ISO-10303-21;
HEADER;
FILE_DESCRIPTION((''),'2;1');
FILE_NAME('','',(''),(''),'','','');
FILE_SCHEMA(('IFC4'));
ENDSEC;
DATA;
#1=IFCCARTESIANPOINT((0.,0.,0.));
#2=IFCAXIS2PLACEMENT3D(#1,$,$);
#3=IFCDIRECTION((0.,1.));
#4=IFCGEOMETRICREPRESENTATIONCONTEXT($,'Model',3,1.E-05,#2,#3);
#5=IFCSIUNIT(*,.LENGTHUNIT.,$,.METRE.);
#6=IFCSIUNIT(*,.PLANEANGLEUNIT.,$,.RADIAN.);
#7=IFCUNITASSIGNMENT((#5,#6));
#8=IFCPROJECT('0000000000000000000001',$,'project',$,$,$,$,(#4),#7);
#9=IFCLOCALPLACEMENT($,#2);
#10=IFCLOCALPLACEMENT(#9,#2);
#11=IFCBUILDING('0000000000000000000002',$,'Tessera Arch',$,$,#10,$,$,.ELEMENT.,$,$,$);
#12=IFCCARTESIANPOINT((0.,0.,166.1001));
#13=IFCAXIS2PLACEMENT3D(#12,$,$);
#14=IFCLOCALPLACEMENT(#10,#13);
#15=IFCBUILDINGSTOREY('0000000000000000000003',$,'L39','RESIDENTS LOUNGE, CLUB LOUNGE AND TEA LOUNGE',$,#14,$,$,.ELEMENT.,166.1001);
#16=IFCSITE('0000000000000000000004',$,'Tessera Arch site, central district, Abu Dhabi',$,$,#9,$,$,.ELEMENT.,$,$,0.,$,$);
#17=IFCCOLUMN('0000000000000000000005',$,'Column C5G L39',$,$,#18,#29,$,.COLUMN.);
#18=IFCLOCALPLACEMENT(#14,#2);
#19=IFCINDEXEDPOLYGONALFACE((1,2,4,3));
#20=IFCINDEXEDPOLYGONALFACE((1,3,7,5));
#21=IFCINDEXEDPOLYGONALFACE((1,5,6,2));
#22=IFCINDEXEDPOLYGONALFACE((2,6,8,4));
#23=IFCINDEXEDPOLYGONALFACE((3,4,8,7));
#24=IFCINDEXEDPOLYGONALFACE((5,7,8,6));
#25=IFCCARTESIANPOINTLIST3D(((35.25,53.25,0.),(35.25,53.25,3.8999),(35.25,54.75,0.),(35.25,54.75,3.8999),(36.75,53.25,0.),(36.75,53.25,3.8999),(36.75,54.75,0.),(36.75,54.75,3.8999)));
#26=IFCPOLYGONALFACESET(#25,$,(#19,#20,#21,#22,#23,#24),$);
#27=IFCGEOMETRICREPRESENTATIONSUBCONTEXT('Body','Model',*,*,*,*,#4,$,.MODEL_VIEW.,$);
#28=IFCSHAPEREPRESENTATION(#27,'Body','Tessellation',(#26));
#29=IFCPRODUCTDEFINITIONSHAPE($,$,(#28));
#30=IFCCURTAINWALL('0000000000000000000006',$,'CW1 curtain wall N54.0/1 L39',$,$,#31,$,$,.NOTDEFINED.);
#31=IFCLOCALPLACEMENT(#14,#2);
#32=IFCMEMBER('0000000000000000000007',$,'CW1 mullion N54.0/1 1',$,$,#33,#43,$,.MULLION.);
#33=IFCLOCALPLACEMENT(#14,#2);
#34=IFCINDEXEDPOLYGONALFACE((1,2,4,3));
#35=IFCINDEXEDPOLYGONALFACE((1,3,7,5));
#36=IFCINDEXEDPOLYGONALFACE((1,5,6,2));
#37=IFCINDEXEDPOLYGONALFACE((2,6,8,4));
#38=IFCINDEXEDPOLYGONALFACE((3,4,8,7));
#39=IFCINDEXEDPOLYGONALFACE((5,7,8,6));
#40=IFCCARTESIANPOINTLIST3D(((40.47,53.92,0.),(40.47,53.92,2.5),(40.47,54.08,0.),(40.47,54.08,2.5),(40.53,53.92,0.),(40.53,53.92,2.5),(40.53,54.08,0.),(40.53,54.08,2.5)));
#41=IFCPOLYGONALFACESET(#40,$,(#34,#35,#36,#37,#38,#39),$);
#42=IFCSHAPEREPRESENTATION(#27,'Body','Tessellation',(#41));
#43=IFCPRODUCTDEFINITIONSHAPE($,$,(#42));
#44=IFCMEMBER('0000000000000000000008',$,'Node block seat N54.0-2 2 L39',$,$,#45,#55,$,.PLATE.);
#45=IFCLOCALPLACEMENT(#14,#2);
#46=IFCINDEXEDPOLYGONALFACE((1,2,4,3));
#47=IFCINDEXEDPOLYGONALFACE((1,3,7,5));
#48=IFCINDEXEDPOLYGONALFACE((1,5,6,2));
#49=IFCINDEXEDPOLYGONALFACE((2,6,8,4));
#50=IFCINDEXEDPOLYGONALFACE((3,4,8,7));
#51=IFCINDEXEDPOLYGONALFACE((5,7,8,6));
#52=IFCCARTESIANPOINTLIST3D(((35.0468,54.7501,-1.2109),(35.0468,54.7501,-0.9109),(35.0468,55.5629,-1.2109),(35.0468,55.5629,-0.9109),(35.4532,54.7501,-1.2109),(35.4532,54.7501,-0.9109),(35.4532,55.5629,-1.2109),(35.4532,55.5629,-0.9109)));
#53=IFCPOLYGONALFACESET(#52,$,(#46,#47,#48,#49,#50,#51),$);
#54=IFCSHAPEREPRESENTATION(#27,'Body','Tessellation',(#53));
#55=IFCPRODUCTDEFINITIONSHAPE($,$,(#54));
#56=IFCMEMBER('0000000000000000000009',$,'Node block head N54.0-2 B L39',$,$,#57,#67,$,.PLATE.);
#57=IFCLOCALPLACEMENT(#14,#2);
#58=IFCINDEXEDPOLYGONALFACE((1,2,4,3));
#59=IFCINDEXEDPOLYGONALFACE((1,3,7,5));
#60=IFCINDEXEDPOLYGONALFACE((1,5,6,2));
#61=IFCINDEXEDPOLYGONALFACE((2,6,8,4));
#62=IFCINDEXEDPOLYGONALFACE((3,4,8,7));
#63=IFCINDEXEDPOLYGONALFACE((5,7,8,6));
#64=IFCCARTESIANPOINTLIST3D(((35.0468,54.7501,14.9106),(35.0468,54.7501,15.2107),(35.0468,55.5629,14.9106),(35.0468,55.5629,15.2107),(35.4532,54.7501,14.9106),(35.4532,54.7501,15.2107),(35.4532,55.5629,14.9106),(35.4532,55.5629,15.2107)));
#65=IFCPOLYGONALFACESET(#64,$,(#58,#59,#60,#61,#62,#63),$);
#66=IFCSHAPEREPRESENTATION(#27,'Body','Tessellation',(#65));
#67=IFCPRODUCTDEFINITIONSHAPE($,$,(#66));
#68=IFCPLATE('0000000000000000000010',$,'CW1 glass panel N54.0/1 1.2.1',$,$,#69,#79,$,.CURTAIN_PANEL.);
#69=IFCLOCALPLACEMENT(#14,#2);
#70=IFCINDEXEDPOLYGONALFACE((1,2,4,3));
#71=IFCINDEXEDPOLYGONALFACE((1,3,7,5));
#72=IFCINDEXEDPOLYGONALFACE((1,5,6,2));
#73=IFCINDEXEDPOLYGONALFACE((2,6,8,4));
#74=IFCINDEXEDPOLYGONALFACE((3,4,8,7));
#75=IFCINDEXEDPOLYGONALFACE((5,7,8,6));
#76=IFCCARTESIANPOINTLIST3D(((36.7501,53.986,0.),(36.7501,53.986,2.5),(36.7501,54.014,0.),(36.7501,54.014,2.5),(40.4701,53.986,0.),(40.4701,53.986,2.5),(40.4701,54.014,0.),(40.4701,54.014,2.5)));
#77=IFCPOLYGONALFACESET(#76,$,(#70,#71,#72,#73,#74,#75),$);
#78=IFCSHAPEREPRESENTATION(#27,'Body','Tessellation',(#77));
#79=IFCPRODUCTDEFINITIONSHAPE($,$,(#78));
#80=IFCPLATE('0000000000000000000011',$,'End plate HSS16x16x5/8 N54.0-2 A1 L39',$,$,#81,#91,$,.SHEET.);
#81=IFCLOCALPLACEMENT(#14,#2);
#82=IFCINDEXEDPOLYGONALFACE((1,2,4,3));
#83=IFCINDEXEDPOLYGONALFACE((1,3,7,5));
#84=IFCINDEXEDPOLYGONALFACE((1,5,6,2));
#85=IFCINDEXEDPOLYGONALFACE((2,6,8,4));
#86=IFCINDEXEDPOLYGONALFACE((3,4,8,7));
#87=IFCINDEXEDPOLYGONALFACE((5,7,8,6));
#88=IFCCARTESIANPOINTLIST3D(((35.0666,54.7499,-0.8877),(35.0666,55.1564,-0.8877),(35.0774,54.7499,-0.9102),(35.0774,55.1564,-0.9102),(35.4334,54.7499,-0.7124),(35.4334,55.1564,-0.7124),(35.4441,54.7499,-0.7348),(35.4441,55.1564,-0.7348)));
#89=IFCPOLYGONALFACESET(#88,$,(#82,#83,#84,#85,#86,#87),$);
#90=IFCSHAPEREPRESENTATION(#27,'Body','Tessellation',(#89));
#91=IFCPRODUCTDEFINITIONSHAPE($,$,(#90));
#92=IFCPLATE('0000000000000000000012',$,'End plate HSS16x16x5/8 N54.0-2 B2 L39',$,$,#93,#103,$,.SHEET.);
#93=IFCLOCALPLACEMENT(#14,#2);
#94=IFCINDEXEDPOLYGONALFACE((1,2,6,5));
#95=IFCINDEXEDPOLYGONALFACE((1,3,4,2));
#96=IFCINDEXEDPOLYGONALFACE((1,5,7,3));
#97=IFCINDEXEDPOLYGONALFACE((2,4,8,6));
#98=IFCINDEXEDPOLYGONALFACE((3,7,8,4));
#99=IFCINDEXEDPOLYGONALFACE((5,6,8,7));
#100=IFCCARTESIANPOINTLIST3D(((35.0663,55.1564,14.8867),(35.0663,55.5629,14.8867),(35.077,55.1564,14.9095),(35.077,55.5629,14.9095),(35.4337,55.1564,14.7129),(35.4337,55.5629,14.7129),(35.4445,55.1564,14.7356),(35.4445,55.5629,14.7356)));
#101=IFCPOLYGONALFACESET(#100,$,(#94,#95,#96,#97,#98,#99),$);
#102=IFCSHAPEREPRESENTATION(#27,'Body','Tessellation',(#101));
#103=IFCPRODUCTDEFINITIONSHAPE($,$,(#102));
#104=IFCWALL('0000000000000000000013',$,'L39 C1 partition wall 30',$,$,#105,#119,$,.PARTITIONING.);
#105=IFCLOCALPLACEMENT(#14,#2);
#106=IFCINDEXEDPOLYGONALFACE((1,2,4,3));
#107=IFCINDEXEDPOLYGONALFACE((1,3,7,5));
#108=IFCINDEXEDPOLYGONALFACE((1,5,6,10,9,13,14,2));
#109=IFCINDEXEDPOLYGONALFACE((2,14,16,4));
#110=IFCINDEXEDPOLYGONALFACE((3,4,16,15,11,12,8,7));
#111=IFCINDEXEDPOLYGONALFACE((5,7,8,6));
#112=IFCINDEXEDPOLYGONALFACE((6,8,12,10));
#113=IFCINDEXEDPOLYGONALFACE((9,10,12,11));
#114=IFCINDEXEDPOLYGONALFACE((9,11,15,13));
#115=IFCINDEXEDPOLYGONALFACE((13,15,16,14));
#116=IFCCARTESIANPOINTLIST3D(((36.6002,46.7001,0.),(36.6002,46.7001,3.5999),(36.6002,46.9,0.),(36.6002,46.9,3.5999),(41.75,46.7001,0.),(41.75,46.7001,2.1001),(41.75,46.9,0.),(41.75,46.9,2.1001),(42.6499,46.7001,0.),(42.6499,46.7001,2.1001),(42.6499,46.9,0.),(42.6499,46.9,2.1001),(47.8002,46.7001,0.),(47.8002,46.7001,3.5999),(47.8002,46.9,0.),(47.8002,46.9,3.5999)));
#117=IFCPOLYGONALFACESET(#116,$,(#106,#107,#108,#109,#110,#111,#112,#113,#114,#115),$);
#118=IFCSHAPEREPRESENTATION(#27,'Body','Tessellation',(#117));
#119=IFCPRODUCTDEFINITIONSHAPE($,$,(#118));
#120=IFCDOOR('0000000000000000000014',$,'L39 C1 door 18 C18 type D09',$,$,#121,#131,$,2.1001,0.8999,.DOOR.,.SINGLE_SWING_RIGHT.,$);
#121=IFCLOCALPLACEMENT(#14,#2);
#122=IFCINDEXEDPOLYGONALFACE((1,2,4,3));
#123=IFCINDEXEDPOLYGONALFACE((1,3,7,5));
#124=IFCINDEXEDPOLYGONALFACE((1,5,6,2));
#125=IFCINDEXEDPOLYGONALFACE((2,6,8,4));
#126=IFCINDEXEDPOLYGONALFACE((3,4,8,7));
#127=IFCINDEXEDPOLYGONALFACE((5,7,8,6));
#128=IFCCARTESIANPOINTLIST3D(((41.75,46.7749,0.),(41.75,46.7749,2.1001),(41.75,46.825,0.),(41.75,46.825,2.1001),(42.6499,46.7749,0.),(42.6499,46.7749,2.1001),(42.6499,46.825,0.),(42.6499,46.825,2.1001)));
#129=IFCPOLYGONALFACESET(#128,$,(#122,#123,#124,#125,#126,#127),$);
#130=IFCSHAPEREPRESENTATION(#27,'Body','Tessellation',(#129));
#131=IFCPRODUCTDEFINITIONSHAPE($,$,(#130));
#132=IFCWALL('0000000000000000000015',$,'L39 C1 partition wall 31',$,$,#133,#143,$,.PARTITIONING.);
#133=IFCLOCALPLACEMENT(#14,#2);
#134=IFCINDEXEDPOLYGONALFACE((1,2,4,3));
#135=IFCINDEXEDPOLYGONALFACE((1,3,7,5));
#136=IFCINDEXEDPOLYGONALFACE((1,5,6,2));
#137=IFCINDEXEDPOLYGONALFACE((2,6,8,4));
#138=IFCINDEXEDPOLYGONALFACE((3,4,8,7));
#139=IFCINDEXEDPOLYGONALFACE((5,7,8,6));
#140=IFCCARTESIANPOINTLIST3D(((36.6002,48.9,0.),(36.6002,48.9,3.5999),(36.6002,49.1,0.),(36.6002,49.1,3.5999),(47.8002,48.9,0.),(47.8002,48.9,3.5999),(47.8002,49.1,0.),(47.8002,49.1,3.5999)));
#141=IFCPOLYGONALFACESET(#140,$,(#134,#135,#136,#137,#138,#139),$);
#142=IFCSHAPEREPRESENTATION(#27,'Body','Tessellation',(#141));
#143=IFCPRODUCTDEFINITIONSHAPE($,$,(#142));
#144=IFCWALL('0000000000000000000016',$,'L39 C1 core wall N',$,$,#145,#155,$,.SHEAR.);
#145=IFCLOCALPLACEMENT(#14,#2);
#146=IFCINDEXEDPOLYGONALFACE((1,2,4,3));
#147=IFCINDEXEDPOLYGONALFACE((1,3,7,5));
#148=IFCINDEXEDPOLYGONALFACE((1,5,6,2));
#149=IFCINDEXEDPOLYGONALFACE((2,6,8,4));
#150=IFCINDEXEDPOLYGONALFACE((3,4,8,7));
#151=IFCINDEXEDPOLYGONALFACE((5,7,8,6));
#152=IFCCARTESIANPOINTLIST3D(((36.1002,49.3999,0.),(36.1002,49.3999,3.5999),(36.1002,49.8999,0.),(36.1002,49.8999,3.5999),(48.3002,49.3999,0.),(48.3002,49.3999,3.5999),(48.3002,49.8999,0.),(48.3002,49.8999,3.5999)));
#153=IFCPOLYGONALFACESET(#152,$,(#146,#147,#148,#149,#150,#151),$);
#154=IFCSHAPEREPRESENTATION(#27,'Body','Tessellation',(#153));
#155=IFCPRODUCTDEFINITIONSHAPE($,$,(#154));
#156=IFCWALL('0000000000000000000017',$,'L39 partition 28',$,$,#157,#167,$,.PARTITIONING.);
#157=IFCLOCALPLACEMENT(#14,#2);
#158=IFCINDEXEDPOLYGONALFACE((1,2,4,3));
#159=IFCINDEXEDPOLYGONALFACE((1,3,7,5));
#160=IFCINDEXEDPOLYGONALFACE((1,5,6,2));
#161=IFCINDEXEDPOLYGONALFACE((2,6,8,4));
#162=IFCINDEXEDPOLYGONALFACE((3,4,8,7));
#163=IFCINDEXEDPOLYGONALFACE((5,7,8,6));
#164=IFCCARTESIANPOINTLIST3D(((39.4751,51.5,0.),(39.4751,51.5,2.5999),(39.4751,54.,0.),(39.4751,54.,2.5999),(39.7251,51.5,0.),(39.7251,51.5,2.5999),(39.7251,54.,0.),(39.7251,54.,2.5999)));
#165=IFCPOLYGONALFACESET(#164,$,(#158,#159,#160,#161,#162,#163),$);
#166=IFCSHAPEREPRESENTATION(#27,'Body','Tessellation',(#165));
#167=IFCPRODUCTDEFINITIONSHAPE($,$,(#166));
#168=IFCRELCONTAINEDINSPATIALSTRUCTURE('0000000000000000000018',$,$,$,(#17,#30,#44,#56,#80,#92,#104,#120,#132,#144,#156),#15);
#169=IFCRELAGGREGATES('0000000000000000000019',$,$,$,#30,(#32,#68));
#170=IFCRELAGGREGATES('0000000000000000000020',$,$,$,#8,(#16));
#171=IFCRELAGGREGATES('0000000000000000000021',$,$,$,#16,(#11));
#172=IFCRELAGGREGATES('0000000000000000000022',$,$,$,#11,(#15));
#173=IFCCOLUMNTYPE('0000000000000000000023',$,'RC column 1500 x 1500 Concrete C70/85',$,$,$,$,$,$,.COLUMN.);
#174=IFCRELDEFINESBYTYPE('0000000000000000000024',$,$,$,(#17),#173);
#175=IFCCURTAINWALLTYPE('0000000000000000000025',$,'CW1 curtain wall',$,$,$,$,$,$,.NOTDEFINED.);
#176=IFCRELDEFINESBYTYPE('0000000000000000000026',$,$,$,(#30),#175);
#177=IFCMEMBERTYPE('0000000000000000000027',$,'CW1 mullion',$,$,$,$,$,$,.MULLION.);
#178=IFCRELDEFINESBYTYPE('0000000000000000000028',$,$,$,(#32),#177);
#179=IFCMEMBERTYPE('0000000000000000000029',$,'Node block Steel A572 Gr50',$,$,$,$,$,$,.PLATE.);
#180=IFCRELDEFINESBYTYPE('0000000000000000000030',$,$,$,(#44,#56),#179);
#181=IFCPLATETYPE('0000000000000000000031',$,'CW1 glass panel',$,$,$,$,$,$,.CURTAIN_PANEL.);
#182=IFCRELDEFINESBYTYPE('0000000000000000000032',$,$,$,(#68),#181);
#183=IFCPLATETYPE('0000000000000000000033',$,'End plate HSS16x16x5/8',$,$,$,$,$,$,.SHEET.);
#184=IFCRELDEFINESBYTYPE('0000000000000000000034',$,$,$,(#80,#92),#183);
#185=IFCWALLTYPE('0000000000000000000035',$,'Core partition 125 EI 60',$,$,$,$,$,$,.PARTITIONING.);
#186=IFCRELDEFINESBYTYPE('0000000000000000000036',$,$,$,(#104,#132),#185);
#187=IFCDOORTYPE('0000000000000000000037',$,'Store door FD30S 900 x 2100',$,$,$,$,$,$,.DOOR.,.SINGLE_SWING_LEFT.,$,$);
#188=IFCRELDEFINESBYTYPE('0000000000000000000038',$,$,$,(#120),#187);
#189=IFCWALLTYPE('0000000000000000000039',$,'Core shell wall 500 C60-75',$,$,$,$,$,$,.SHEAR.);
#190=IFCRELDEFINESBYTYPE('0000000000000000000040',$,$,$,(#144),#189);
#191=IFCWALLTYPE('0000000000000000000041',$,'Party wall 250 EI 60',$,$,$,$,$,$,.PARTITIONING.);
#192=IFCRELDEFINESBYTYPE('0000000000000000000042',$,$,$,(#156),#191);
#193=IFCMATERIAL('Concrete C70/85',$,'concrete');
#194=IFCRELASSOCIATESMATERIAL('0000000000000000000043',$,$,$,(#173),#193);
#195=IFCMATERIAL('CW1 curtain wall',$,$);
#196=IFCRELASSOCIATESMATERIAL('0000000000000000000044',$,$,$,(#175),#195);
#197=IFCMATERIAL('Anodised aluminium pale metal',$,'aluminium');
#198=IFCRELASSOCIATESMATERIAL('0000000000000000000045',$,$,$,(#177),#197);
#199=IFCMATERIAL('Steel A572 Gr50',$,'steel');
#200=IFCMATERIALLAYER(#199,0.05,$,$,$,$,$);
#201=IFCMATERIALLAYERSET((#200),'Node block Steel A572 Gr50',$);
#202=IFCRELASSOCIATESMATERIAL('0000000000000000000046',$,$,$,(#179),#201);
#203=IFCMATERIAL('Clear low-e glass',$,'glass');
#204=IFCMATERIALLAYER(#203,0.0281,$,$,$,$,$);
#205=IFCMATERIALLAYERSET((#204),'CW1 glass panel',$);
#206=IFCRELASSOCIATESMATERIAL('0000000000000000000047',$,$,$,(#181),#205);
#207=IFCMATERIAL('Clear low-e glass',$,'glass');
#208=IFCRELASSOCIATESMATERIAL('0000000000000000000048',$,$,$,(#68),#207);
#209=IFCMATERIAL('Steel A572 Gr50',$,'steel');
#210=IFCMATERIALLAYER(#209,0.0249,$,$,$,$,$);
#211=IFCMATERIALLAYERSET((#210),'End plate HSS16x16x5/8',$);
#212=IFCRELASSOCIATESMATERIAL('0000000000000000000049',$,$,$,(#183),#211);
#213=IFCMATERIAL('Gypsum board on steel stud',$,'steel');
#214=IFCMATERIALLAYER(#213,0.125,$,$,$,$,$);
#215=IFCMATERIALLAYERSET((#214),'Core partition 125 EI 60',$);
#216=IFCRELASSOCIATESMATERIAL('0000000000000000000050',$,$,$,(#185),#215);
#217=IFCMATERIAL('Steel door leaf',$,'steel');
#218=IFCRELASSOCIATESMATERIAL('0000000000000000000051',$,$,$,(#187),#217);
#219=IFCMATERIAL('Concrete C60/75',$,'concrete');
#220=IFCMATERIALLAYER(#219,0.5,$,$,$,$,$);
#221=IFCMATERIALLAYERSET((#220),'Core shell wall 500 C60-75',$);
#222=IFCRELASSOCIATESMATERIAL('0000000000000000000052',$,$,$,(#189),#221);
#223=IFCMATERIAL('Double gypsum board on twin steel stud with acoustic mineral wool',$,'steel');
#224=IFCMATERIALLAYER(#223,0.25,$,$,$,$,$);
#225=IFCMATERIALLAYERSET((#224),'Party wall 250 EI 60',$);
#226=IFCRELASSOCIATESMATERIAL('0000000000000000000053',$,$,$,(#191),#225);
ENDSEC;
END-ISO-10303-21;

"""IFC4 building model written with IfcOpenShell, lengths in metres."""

from ifc_helpers import new_model, si_unit, direction, frame, frame_2d, origin, origin_2d, place, context, subcontext, project, spatial, rectangle, extrude, material, layer, layer_set, material_profile, profile_set, type_object, element, fill, aggregate, save


model = new_model("IFC4")

# Units and contexts
model_context = context("Model", 3, precision=1e-05, world=origin(), true_north=direction((0.0, 1.0)))
body_context = subcontext(model_context, "Body", "Model", "MODEL_VIEW")
ifc_project = project(units=[si_unit("LENGTHUNIT", "METRE"), si_unit("PLANEANGLEUNIT", "RADIAN")], contexts=[model_context])

# Site, building, storey
site_placement = place(None, origin())
site = spatial("IfcSite", under=ifc_project, at=site_placement, Name="Tessera Arch site, central district, Abu Dhabi", CompositionType="ELEMENT", RefElevation=0.0)
building_placement = place(site_placement, origin())
building = spatial("IfcBuilding", under=site, at=building_placement, Name="Tessera Arch", CompositionType="ELEMENT")
storey_placement = place(building_placement, frame((0.0, 0.0, 166.1001)))
storey = spatial("IfcBuildingStorey", under=building, at=storey_placement, Name="L39", Description="RESIDENTS LOUNGE, CLUB LOUNGE AND TEA LOUNGE", CompositionType="ELEMENT", Elevation=166.1001)

# Column
ifc_material_1 = material(Name="Concrete C70/85", Category="concrete")
ifc_material_profile_1 = material_profile(ifc_material_1, rectangle(XDim=1.5, YDim=1.5, at=origin_2d()), Name="RC column 1500 x 1500 Concrete C70/85")
ifc_profile_set_1 = profile_set([ifc_material_profile_1], Name="Concrete C70/85")
column_type = type_object("IfcColumnType", Name="RC column 1500 x 1500 Concrete C70/85", PredefinedType="COLUMN", material=ifc_profile_set_1)
column_placement = place(storey_placement, frame((36.0, 54.0, 0.0), z_axis=(0.0, 0.0, 1.0), x_axis=(1.0, 0.0, 0.0)))
element("IfcColumn", 1, at=column_placement, inside=storey, type_object=column_type, Name="Column C5G L39", PredefinedType="COLUMN", context=body_context, shape_type="SweptSolid", body=[
    extrude(rectangle(XDim=1.5, YDim=1.5, at=origin_2d()), origin(), (0.0, 0.0, 1.0), 3.8999),
])

# Curtain wall, member
ifc_material_2 = material(Name="CW1 curtain wall")
curtain_wall_type = type_object("IfcCurtainWallType", Name="CW1 curtain wall", PredefinedType="NOTDEFINED", material=ifc_material_2)
curtain_wall_placement = place(storey_placement, origin())
curtain_wall = element("IfcCurtainWall", 2, at=curtain_wall_placement, inside=storey, type_object=curtain_wall_type, Name="CW1 curtain wall N54.0/1 L39", PredefinedType="NOTDEFINED")
ifc_material_3 = material(Name="Anodised aluminium pale metal", Category="aluminium")
ifc_material_profile_2 = material_profile(ifc_material_3, rectangle(XDim=0.1599, YDim=0.0601, at=origin_2d()), Name="AL 60x160")
ifc_profile_set_2 = profile_set([ifc_material_profile_2], Name="Anodised aluminium pale metal")
member_type_1 = type_object("IfcMemberType", Name="CW1 mullion", PredefinedType="MULLION", material=ifc_profile_set_2)
member_placement = place(storey_placement, frame((40.5, 54.0, 0.0), z_axis=(0.0, 0.0, 1.0), x_axis=(0.0, -1.0, 0.0)))
member = element("IfcMember", 3, at=member_placement, type_object=member_type_1, Name="CW1 mullion N54.0/1 1", PredefinedType="MULLION", context=body_context, shape_type="SweptSolid", body=[
    extrude(rectangle(XDim=0.1599, YDim=0.0601, at=origin_2d()), origin(), (0.0, 0.0, 1.0), 2.5),
])

# Members
ifc_material_4 = material(Name="Steel A572 Gr50", Category="steel")
ifc_layer_1 = layer(ifc_material_4, 0.05)
ifc_layer_set_1 = layer_set([ifc_layer_1], Name="Node block Steel A572 Gr50")
member_type_2 = type_object("IfcMemberType", Name="Node block Steel A572 Gr50", PredefinedType="PLATE", material=ifc_layer_set_1)
for number, where, z_axis, x_axis, name in (
    (4, (35.25, 55.1565, -1.2109), (0.0, 0.0, 1.0), (-1.0, 0.0, 0.0), "Node block seat N54.0-2 2 L39"),
    (5, (35.25, 55.1565, 14.9106), (0.0, 0.0, 1.0), (-1.0, 0.0, 0.0), "Node block head N54.0-2 B L39"),
):
    element("IfcMember", number, at=place(storey_placement, frame(where, z_axis=z_axis, x_axis=x_axis)), inside=storey, type_object=member_type_2, Name=name, PredefinedType="PLATE", context=body_context, shape_type="SweptSolid", body=[
        extrude(rectangle(XDim=0.4065, YDim=0.8127, at=origin_2d()), origin(), (0.0, 0.0, 1.0), 0.3),
    ])

# Plate
ifc_material_5 = material(Name="Clear low-e glass", Category="glass")
ifc_material_6 = material(Name="Clear low-e glass", Category="glass")
ifc_layer_2 = layer(ifc_material_6, 0.0281)
ifc_layer_set_2 = layer_set([ifc_layer_2], Name="CW1 glass panel")
plate_type_1 = type_object("IfcPlateType", Name="CW1 glass panel", PredefinedType="CURTAIN_PANEL", material=ifc_layer_set_2)
plate_1_placement = place(storey_placement, frame((38.6101, 54.0, 0.0), z_axis=(0.0, 0.0, 1.0), x_axis=(-1.0, 0.0, 0.0)))
plate_1 = element("IfcPlate", 6, at=plate_1_placement, type_object=plate_type_1, material=ifc_material_5, Name="CW1 glass panel N54.0/1 1.2.1", PredefinedType="CURTAIN_PANEL", context=body_context, shape_type="SweptSolid", body=[
    extrude(rectangle(XDim=3.72, YDim=0.0281, at=origin_2d()), origin(), (0.0, 0.0, 1.0), 2.5),
])
aggregate(curtain_wall, [member, plate_1])

# Plates
ifc_material_7 = material(Name="Steel A572 Gr50", Category="steel")
ifc_layer_3 = layer(ifc_material_7, 0.0249)
ifc_layer_set_3 = layer_set([ifc_layer_3], Name="End plate HSS16x16x5/8")
plate_type_2 = type_object("IfcPlateType", Name="End plate HSS16x16x5/8", PredefinedType="SHEET", material=ifc_layer_set_3)
plate_2_placement = place(storey_placement, frame((35.2607, 54.9531, -0.8225), z_axis=(-0.431455, 0.0, 0.902134), x_axis=(0.0, -1.0, 0.0)))
element("IfcPlate", 7, at=plate_2_placement, inside=storey, type_object=plate_type_2, Name="End plate HSS16x16x5/8 N54.0-2 A1 L39", PredefinedType="SHEET", context=body_context, shape_type="SweptSolid", body=[
    extrude(rectangle(XDim=0.4065, YDim=0.4065, at=origin_2d()), origin(), (0.0, 0.0, 1.0), 0.0249),
])
plate_3_placement = place(storey_placement, frame((35.25, 55.3596, 14.7998), z_axis=(0.427668, 0.0, 0.903936), x_axis=(0.0, 1.0, 0.0)))
element("IfcPlate", 8, at=plate_3_placement, inside=storey, type_object=plate_type_2, Name="End plate HSS16x16x5/8 N54.0-2 B2 L39", PredefinedType="SHEET", context=body_context, shape_type="SweptSolid", body=[
    extrude(rectangle(XDim=0.4065, YDim=0.4065, at=origin_2d()), origin(), (0.0, 0.0, 1.0), 0.0251),
])

# Wall, opening, door
ifc_material_8 = material(Name="Gypsum board on steel stud", Category="steel")
ifc_layer_4 = layer(ifc_material_8, 0.125)
ifc_layer_set_4 = layer_set([ifc_layer_4], Name="Core partition 125 EI 60")
wall_type_1 = type_object("IfcWallType", Name="Core partition 125 EI 60", PredefinedType="PARTITIONING", material=ifc_layer_set_4)
wall_1_placement = place(storey_placement, frame((36.6001, 46.8, 0.0), z_axis=(0.0, 0.0, 1.0), x_axis=(1.0, 0.0, 0.0)))
wall_1 = element("IfcWall", 9, at=wall_1_placement, inside=storey, type_object=wall_type_1, Name="L39 C1 partition wall 30", PredefinedType="PARTITIONING", context=body_context, shape_type="SweptSolid", body=[
    extrude(rectangle(XDim=11.2, YDim=0.2, at=frame_2d((5.6001, 0.0))), origin(), (0.0, 0.0, 1.0), 3.5999),
])
opening_1_placement = place(wall_1_placement, frame((5.1499, 0.0, 0.0)))
opening_1 = element("IfcOpeningElement", 10, at=opening_1_placement, cuts=wall_1, PredefinedType="OPENING", context=body_context, shape_type="SweptSolid", body=[
    extrude(rectangle(XDim=0.8999, YDim=2.1001, at=frame_2d((0.45, 1.05))), frame((0.0, 0.1099, 0.0), z_axis=(0.0, -1.0, 0.0), x_axis=(1.0, 0.0, 0.0)), (0.0, 0.0, 1.0), 0.22),
])
ifc_material_9 = material(Name="Steel door leaf", Category="steel")
door_type_1 = type_object("IfcDoorType", Name="Store door FD30S 900 x 2100", OperationType="SINGLE_SWING_LEFT", PredefinedType="DOOR", material=ifc_material_9)
door_1_placement = place(opening_1_placement, origin())
door_1 = element("IfcDoor", 11, at=door_1_placement, inside=storey, type_object=door_type_1, Name="L39 C1 door 18 C18 type D09", OperationType="SINGLE_SWING_RIGHT", OverallHeight=2.1001, OverallWidth=0.8999, PredefinedType="DOOR", context=body_context, shape_type="SweptSolid", body=[
    extrude(rectangle(XDim=0.8999, YDim=2.1001, at=frame_2d((0.45, 1.05))), frame((0.0, 0.0249, 0.0), z_axis=(0.0, -1.0, 0.0), x_axis=(1.0, 0.0, 0.0)), (0.0, 0.0, 1.0), 0.05),
])
fill(opening_1, door_1)

# Walls
wall_2_placement = place(storey_placement, frame((36.6001, 49.0, 0.0), z_axis=(0.0, 0.0, 1.0), x_axis=(1.0, 0.0, 0.0)))
element("IfcWall", 12, at=wall_2_placement, inside=storey, type_object=wall_type_1, Name="L39 C1 partition wall 31", PredefinedType="PARTITIONING", context=body_context, shape_type="SweptSolid", body=[
    extrude(rectangle(XDim=11.2, YDim=0.2, at=frame_2d((5.6001, 0.0))), origin(), (0.0, 0.0, 1.0), 3.5999),
])
ifc_material_10 = material(Name="Concrete C60/75", Category="concrete")
ifc_layer_5 = layer(ifc_material_10, 0.5)
ifc_layer_set_5 = layer_set([ifc_layer_5], Name="Core shell wall 500 C60-75")
wall_type_2 = type_object("IfcWallType", Name="Core shell wall 500 C60-75", PredefinedType="SHEAR", material=ifc_layer_set_5)
wall_3_placement = place(storey_placement, frame((36.1001, 49.6499, 0.0), z_axis=(0.0, 0.0, 1.0), x_axis=(1.0, 0.0, 0.0)))
element("IfcWall", 13, at=wall_3_placement, inside=storey, type_object=wall_type_2, Name="L39 C1 core wall N", PredefinedType="SHEAR", context=body_context, shape_type="SweptSolid", body=[
    extrude(rectangle(XDim=12.2, YDim=0.5, at=frame_2d((6.1001, 0.0))), origin(), (0.0, 0.0, 1.0), 3.5999),
])
ifc_material_11 = material(Name="Double gypsum board on twin steel stud with acoustic mineral wool", Category="steel")
ifc_layer_6 = layer(ifc_material_11, 0.25)
ifc_layer_set_6 = layer_set([ifc_layer_6], Name="Party wall 250 EI 60")
wall_type_3 = type_object("IfcWallType", Name="Party wall 250 EI 60", PredefinedType="PARTITIONING", material=ifc_layer_set_6)
wall_4_placement = place(storey_placement, frame((39.6001, 51.5, 0.0), z_axis=(0.0, 0.0, 1.0), x_axis=(0.0, 1.0, 0.0)))
element("IfcWall", 14, at=wall_4_placement, inside=storey, type_object=wall_type_3, Name="L39 partition 28", PredefinedType="PARTITIONING", context=body_context, shape_type="SweptSolid", body=[
    extrude(rectangle(XDim=2.5, YDim=0.25, at=frame_2d((1.25, 0.0))), origin(), (0.0, 0.0, 1.0), 2.5999),
])

save(model, "model.ifc")
